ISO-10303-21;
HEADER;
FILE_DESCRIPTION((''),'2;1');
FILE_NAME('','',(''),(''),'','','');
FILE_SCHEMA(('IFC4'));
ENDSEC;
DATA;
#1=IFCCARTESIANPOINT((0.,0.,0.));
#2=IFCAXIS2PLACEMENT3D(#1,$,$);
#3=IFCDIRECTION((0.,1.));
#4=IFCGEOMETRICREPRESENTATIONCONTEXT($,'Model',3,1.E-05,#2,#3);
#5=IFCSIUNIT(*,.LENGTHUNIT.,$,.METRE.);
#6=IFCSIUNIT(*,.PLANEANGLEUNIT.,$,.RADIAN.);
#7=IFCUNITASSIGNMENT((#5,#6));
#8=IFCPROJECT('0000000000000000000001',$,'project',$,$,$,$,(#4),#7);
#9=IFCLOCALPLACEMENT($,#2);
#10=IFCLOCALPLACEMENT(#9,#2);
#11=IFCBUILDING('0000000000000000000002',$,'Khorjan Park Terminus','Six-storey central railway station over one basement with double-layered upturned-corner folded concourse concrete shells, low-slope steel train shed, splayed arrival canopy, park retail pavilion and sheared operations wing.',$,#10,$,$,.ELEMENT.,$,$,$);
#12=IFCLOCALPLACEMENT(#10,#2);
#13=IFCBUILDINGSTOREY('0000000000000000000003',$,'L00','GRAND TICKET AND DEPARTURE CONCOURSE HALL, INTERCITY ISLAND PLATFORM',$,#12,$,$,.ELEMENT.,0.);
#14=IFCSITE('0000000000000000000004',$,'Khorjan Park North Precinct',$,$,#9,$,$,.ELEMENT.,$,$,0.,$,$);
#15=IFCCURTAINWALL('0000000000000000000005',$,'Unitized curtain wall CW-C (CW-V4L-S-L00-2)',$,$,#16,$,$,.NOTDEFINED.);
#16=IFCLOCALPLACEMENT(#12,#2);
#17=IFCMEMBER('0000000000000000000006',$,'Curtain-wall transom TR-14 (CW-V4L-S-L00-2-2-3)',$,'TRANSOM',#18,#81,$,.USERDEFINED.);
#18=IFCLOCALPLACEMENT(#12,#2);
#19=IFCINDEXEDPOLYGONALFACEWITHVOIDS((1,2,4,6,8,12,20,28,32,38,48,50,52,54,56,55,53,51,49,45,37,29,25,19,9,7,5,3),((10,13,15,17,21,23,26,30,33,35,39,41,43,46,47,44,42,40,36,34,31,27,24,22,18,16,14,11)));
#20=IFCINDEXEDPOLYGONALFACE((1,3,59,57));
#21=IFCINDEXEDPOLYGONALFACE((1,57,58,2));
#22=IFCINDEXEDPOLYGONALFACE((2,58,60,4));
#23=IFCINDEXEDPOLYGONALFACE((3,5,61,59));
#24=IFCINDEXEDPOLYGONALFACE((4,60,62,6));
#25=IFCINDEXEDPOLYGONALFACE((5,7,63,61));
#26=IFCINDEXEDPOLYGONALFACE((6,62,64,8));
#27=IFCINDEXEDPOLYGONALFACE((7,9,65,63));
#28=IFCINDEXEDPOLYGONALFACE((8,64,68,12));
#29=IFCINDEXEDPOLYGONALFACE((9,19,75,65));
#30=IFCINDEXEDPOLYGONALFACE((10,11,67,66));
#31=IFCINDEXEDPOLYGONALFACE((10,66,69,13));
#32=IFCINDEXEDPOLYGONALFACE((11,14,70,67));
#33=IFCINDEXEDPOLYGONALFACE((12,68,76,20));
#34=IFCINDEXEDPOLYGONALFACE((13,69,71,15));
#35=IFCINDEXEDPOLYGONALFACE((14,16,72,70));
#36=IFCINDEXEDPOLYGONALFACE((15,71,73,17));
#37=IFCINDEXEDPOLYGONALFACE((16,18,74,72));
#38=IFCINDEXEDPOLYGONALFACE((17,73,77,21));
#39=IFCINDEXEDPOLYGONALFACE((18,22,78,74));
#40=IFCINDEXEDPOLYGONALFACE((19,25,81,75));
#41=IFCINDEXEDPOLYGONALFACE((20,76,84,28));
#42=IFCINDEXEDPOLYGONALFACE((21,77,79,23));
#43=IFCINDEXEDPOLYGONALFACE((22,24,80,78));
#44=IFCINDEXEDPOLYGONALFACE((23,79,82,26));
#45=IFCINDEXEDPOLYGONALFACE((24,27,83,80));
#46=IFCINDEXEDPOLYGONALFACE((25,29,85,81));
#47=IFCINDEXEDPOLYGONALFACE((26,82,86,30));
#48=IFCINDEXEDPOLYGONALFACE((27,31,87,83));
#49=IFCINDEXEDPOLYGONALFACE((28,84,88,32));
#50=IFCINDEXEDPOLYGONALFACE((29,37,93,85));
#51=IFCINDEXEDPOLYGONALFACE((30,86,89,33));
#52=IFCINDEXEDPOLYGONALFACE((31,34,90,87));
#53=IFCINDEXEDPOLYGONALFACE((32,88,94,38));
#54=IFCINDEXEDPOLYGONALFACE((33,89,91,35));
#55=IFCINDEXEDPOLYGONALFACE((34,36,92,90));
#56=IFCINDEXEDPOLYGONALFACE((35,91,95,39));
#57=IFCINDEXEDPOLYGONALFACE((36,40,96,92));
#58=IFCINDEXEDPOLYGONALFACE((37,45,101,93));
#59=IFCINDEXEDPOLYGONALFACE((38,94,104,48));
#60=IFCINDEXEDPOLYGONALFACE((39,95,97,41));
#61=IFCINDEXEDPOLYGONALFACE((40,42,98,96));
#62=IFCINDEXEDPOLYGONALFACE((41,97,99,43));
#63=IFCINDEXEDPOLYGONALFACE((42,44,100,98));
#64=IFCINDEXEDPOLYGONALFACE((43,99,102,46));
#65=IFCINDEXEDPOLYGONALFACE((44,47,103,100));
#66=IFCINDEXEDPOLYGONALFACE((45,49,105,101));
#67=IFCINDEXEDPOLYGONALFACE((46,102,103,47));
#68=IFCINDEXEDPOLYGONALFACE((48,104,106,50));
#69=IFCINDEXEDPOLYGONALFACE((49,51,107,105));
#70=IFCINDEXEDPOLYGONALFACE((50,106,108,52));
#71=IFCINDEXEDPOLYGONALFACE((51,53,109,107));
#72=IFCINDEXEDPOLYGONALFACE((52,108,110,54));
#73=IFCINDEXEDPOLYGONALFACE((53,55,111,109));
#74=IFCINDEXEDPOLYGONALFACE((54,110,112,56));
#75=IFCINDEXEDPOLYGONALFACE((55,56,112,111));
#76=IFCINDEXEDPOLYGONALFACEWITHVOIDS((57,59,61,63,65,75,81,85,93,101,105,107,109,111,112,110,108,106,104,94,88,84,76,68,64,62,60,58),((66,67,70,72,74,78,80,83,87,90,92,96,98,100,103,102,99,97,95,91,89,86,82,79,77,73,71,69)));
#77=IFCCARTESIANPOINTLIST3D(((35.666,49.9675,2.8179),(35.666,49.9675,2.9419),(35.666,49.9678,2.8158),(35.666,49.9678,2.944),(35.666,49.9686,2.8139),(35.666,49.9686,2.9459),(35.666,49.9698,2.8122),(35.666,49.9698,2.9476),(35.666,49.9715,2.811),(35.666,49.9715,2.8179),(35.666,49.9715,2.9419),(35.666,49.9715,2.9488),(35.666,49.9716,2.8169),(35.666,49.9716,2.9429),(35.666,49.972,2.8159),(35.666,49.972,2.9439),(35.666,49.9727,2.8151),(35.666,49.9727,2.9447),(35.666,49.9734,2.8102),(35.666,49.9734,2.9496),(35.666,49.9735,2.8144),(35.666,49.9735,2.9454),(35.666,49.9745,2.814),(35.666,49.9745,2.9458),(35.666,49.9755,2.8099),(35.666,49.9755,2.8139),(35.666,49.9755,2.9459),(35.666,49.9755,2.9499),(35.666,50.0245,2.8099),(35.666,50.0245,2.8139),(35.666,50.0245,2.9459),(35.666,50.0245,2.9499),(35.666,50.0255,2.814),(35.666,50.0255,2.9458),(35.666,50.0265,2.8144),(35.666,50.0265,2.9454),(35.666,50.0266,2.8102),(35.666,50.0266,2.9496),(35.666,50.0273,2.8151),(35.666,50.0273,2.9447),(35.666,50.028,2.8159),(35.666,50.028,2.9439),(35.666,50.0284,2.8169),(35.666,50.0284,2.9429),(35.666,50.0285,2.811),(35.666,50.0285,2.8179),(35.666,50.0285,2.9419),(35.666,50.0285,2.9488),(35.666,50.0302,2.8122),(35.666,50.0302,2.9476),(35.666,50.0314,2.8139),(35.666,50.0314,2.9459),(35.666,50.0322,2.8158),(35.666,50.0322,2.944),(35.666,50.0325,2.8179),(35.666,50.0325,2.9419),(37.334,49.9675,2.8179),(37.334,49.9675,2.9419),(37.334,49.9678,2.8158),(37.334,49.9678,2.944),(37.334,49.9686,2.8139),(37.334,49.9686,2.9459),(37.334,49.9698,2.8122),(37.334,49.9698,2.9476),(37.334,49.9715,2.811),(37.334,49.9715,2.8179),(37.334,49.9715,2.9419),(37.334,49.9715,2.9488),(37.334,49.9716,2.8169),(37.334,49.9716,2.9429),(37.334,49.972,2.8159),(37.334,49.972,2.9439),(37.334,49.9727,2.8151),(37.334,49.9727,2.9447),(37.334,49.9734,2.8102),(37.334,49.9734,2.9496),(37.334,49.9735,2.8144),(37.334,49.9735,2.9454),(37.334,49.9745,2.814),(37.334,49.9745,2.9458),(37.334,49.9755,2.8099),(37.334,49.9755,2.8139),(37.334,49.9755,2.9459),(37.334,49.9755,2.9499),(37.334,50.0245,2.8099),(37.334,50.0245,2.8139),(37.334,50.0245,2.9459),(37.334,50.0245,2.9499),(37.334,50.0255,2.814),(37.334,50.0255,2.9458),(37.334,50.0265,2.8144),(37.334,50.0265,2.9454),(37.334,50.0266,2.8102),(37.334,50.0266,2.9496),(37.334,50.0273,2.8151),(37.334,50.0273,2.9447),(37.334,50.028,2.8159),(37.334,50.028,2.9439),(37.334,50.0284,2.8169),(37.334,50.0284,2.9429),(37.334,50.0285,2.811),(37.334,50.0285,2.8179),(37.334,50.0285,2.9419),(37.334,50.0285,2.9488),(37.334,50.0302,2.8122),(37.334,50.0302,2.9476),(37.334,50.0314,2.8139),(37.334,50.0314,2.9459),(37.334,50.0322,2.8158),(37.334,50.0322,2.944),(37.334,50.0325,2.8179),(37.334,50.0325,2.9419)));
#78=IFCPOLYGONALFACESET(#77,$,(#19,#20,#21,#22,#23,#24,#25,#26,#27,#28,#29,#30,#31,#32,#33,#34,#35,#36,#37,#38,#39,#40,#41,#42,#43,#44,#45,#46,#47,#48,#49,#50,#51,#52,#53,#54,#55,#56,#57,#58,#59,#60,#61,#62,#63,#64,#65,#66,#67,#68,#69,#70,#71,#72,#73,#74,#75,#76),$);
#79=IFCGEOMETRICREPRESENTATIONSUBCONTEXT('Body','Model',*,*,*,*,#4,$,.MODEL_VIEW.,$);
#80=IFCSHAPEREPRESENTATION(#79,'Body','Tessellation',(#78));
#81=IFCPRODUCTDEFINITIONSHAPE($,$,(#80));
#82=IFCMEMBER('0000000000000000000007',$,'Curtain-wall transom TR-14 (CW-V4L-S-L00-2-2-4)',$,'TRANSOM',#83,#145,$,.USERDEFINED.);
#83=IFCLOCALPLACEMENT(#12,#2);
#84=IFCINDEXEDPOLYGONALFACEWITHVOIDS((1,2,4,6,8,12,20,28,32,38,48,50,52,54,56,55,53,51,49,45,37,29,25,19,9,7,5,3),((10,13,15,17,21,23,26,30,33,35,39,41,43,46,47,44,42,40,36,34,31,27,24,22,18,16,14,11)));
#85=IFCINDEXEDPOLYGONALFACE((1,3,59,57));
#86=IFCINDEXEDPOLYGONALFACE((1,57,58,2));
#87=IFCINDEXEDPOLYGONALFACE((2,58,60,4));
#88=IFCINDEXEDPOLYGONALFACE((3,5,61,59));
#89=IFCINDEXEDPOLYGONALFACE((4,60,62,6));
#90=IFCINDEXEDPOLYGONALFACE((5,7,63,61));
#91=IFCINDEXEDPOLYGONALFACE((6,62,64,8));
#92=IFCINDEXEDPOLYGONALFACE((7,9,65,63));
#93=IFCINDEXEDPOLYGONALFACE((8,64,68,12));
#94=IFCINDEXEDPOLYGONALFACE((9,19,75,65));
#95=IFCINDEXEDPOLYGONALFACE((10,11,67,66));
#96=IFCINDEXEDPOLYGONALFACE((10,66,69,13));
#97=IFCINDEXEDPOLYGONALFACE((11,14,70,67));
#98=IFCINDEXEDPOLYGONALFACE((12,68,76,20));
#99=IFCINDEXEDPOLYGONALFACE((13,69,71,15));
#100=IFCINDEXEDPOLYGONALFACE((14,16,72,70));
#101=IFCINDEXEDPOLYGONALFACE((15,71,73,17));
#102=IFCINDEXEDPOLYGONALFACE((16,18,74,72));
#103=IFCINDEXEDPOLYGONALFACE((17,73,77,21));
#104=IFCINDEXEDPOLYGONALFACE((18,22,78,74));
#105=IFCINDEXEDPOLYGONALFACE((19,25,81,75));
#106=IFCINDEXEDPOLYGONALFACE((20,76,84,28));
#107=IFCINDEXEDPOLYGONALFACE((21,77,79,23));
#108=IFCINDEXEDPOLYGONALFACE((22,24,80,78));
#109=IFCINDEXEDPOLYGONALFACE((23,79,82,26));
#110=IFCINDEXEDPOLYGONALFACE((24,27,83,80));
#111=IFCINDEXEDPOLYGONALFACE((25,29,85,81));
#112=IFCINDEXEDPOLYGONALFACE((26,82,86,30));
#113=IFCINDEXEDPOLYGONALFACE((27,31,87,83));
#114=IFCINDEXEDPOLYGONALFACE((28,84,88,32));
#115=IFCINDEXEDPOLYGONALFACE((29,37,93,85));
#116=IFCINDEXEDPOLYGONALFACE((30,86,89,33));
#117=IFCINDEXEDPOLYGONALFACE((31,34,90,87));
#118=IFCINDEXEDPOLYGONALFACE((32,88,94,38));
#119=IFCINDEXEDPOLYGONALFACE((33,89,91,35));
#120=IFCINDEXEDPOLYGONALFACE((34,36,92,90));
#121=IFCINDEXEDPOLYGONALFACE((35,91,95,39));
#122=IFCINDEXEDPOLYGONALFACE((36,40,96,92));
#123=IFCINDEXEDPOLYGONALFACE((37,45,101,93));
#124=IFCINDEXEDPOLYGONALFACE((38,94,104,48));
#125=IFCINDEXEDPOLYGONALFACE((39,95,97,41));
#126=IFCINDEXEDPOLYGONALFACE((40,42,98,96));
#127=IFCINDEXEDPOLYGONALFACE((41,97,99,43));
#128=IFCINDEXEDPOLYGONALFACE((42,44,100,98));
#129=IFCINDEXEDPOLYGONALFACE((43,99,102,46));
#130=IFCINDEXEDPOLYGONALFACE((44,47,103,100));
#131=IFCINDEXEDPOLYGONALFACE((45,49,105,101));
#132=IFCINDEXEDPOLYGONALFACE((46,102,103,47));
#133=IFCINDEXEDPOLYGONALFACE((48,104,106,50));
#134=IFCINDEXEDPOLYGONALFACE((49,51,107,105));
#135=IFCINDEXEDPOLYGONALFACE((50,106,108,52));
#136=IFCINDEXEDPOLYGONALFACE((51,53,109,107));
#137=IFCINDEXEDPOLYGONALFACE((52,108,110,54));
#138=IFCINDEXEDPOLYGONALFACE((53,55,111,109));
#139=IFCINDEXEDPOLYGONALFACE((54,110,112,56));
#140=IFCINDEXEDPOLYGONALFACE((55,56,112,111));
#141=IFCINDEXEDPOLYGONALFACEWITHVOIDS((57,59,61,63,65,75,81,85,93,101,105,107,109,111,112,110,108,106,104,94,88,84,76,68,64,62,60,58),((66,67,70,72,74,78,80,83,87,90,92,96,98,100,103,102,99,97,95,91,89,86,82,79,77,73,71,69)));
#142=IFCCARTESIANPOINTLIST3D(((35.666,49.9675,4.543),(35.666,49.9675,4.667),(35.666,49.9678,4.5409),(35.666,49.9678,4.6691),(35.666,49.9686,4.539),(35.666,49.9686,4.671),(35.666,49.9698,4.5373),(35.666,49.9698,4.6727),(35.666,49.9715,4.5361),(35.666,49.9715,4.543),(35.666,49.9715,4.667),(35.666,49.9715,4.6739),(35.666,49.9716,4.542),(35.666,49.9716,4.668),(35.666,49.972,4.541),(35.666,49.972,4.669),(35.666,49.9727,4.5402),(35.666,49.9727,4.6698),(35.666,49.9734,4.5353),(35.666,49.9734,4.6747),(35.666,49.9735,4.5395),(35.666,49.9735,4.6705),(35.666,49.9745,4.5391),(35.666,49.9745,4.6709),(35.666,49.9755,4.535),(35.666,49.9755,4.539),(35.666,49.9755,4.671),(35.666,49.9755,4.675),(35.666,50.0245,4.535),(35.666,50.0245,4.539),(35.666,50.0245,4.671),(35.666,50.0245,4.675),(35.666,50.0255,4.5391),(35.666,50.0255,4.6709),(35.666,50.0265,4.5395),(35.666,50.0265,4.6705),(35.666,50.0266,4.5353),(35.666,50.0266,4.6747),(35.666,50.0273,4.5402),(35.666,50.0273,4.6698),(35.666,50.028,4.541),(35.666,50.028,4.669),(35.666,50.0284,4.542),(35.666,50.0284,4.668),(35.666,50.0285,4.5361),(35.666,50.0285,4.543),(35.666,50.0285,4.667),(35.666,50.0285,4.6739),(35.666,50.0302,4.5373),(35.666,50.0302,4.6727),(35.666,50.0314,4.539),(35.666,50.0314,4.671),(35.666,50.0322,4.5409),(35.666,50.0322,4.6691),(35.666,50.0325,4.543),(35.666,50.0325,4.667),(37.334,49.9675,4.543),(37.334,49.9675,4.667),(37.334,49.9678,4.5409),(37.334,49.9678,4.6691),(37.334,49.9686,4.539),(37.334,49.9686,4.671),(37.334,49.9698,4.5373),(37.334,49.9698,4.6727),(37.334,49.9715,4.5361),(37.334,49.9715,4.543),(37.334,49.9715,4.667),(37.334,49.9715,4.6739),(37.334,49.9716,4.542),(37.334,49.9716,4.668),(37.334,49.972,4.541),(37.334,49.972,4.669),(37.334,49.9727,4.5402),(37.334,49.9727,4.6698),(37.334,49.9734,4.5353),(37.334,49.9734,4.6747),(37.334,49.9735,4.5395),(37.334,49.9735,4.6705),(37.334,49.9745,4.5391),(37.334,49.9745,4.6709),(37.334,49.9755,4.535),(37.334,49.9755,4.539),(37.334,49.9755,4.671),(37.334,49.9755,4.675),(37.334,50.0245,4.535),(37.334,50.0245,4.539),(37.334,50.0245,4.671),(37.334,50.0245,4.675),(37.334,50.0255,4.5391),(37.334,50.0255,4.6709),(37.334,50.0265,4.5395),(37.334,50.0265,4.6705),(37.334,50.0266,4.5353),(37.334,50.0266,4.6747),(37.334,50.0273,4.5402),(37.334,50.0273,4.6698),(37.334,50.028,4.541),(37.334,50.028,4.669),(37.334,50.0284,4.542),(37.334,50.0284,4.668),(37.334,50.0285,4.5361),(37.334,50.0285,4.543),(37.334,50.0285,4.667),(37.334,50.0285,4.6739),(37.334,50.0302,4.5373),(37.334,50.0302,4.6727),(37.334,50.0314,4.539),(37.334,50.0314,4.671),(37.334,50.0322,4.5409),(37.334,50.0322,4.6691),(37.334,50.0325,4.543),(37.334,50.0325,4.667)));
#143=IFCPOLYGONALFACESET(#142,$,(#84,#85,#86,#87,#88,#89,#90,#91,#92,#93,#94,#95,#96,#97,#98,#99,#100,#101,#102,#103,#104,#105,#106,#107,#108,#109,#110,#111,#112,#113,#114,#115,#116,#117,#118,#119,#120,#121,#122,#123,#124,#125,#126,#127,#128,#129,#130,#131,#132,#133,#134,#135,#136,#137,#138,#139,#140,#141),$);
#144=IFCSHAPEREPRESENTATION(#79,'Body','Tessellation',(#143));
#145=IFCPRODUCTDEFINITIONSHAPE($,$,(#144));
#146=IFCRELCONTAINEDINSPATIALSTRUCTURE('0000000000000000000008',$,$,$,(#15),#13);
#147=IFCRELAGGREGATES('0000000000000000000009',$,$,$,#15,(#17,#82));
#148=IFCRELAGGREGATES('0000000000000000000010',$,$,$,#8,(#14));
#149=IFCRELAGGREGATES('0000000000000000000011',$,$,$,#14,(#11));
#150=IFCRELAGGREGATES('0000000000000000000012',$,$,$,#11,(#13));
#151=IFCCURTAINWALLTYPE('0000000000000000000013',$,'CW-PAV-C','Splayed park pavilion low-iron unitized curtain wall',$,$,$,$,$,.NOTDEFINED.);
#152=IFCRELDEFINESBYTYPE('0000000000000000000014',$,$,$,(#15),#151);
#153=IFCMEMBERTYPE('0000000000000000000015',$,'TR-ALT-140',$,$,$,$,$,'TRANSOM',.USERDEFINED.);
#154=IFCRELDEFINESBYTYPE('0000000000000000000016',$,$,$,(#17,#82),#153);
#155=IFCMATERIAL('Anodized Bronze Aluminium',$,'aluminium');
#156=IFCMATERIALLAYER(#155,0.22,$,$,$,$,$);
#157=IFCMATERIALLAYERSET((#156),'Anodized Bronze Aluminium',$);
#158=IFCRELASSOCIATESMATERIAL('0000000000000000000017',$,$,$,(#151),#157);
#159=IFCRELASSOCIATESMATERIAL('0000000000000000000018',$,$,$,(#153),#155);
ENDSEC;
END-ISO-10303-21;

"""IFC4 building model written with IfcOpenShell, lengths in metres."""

from ifc_helpers import new_model, si_unit, direction, frame, origin, origin_2d, place, context, subcontext, project, spatial, hollow_rectangle, extrude, material, layer, layer_set, material_profile, profile_set, type_object, element, aggregate, save


model = new_model("IFC4")

# Units and contexts
model_context = context("Model", 3, precision=1e-05, world=origin(), true_north=direction((0.0, 1.0)))
body_context = subcontext(model_context, "Body", "Model", "MODEL_VIEW")
ifc_project = project(units=[si_unit("LENGTHUNIT", "METRE"), si_unit("PLANEANGLEUNIT", "RADIAN")], contexts=[model_context])

# Site, building, storey
site_placement = place(None, origin())
site = spatial("IfcSite", under=ifc_project, at=site_placement, Name="Khorjan Park North Precinct", CompositionType="ELEMENT", RefElevation=0.0)
building_placement = place(site_placement, origin())
building = spatial("IfcBuilding", under=site, at=building_placement, Name="Khorjan Park Terminus", Description="Six-storey central railway station over one basement with double-layered upturned-corner folded concourse concrete shells, low-slope steel train shed, splayed arrival canopy, park retail pavilion and sheared operations wing.", CompositionType="ELEMENT")
storey_placement = place(building_placement, origin())
storey = spatial("IfcBuildingStorey", under=building, at=storey_placement, Name="L00", Description="GRAND TICKET AND DEPARTURE CONCOURSE HALL, INTERCITY ISLAND PLATFORM", CompositionType="ELEMENT", Elevation=0.0)

# Curtain wall, members
ifc_material_1 = material(Name="Anodized Bronze Aluminium", Category="aluminium")
ifc_layer_1 = layer(ifc_material_1, 0.22)
ifc_layer_set_1 = layer_set([ifc_layer_1], Name="Anodized Bronze Aluminium")
curtain_wall_type = type_object("IfcCurtainWallType", Name="CW-PAV-C", Description="Splayed park pavilion low-iron unitized curtain wall", PredefinedType="NOTDEFINED", material=ifc_layer_set_1)
curtain_wall_placement = place(storey_placement, origin())
curtain_wall = element("IfcCurtainWall", 1, at=curtain_wall_placement, inside=storey, type_object=curtain_wall_type, Name="Unitized curtain wall CW-C (CW-V4L-S-L00-2)", PredefinedType="NOTDEFINED")
ifc_material_profile_1 = material_profile(ifc_material_1, hollow_rectangle(XDim=0.065, YDim=0.14, WallThickness=0.004, InnerFilletRadius=0.004, OuterFilletRadius=0.008, at=origin_2d()), Name="ALT 65x140x4")
ifc_profile_set_1 = profile_set([ifc_material_profile_1], Name="Anodized Bronze Aluminium")
member_type_1 = type_object("IfcMemberType", Name="TR-ALT-140", ElementType="TRANSOM", PredefinedType="USERDEFINED", material=ifc_profile_set_1)
member_1_placement = place(storey_placement, frame((35.666, 50.0, 2.8799), z_axis=(1.0, 0.0, 0.0), x_axis=(0.0, 1.0, 0.0)))
member_1 = element("IfcMember", 2, at=member_1_placement, type_object=member_type_1, Name="Curtain-wall transom TR-14 (CW-V4L-S-L00-2-2-3)", ObjectType="TRANSOM", PredefinedType="USERDEFINED", context=body_context, shape_type="SweptSolid", body=[
    extrude(hollow_rectangle(XDim=0.065, YDim=0.14, WallThickness=0.004, InnerFilletRadius=0.004, OuterFilletRadius=0.008, at=origin_2d()), origin(), (0.0, 0.0, 1.0), 1.668),
])
member_2_placement = place(storey_placement, frame((35.666, 50.0, 4.605), z_axis=(1.0, 0.0, 0.0), x_axis=(0.0, 1.0, 0.0)))
member_2 = element("IfcMember", 3, at=member_2_placement, type_object=member_type_1, Name="Curtain-wall transom TR-14 (CW-V4L-S-L00-2-2-4)", ObjectType="TRANSOM", PredefinedType="USERDEFINED", context=body_context, shape_type="SweptSolid", body=[
    extrude(hollow_rectangle(XDim=0.065, YDim=0.14, WallThickness=0.004, InnerFilletRadius=0.004, OuterFilletRadius=0.008, at=origin_2d()), origin(), (0.0, 0.0, 1.0), 1.668),
])
aggregate(curtain_wall, [member_1, member_2])

save(model, "model.ifc")
